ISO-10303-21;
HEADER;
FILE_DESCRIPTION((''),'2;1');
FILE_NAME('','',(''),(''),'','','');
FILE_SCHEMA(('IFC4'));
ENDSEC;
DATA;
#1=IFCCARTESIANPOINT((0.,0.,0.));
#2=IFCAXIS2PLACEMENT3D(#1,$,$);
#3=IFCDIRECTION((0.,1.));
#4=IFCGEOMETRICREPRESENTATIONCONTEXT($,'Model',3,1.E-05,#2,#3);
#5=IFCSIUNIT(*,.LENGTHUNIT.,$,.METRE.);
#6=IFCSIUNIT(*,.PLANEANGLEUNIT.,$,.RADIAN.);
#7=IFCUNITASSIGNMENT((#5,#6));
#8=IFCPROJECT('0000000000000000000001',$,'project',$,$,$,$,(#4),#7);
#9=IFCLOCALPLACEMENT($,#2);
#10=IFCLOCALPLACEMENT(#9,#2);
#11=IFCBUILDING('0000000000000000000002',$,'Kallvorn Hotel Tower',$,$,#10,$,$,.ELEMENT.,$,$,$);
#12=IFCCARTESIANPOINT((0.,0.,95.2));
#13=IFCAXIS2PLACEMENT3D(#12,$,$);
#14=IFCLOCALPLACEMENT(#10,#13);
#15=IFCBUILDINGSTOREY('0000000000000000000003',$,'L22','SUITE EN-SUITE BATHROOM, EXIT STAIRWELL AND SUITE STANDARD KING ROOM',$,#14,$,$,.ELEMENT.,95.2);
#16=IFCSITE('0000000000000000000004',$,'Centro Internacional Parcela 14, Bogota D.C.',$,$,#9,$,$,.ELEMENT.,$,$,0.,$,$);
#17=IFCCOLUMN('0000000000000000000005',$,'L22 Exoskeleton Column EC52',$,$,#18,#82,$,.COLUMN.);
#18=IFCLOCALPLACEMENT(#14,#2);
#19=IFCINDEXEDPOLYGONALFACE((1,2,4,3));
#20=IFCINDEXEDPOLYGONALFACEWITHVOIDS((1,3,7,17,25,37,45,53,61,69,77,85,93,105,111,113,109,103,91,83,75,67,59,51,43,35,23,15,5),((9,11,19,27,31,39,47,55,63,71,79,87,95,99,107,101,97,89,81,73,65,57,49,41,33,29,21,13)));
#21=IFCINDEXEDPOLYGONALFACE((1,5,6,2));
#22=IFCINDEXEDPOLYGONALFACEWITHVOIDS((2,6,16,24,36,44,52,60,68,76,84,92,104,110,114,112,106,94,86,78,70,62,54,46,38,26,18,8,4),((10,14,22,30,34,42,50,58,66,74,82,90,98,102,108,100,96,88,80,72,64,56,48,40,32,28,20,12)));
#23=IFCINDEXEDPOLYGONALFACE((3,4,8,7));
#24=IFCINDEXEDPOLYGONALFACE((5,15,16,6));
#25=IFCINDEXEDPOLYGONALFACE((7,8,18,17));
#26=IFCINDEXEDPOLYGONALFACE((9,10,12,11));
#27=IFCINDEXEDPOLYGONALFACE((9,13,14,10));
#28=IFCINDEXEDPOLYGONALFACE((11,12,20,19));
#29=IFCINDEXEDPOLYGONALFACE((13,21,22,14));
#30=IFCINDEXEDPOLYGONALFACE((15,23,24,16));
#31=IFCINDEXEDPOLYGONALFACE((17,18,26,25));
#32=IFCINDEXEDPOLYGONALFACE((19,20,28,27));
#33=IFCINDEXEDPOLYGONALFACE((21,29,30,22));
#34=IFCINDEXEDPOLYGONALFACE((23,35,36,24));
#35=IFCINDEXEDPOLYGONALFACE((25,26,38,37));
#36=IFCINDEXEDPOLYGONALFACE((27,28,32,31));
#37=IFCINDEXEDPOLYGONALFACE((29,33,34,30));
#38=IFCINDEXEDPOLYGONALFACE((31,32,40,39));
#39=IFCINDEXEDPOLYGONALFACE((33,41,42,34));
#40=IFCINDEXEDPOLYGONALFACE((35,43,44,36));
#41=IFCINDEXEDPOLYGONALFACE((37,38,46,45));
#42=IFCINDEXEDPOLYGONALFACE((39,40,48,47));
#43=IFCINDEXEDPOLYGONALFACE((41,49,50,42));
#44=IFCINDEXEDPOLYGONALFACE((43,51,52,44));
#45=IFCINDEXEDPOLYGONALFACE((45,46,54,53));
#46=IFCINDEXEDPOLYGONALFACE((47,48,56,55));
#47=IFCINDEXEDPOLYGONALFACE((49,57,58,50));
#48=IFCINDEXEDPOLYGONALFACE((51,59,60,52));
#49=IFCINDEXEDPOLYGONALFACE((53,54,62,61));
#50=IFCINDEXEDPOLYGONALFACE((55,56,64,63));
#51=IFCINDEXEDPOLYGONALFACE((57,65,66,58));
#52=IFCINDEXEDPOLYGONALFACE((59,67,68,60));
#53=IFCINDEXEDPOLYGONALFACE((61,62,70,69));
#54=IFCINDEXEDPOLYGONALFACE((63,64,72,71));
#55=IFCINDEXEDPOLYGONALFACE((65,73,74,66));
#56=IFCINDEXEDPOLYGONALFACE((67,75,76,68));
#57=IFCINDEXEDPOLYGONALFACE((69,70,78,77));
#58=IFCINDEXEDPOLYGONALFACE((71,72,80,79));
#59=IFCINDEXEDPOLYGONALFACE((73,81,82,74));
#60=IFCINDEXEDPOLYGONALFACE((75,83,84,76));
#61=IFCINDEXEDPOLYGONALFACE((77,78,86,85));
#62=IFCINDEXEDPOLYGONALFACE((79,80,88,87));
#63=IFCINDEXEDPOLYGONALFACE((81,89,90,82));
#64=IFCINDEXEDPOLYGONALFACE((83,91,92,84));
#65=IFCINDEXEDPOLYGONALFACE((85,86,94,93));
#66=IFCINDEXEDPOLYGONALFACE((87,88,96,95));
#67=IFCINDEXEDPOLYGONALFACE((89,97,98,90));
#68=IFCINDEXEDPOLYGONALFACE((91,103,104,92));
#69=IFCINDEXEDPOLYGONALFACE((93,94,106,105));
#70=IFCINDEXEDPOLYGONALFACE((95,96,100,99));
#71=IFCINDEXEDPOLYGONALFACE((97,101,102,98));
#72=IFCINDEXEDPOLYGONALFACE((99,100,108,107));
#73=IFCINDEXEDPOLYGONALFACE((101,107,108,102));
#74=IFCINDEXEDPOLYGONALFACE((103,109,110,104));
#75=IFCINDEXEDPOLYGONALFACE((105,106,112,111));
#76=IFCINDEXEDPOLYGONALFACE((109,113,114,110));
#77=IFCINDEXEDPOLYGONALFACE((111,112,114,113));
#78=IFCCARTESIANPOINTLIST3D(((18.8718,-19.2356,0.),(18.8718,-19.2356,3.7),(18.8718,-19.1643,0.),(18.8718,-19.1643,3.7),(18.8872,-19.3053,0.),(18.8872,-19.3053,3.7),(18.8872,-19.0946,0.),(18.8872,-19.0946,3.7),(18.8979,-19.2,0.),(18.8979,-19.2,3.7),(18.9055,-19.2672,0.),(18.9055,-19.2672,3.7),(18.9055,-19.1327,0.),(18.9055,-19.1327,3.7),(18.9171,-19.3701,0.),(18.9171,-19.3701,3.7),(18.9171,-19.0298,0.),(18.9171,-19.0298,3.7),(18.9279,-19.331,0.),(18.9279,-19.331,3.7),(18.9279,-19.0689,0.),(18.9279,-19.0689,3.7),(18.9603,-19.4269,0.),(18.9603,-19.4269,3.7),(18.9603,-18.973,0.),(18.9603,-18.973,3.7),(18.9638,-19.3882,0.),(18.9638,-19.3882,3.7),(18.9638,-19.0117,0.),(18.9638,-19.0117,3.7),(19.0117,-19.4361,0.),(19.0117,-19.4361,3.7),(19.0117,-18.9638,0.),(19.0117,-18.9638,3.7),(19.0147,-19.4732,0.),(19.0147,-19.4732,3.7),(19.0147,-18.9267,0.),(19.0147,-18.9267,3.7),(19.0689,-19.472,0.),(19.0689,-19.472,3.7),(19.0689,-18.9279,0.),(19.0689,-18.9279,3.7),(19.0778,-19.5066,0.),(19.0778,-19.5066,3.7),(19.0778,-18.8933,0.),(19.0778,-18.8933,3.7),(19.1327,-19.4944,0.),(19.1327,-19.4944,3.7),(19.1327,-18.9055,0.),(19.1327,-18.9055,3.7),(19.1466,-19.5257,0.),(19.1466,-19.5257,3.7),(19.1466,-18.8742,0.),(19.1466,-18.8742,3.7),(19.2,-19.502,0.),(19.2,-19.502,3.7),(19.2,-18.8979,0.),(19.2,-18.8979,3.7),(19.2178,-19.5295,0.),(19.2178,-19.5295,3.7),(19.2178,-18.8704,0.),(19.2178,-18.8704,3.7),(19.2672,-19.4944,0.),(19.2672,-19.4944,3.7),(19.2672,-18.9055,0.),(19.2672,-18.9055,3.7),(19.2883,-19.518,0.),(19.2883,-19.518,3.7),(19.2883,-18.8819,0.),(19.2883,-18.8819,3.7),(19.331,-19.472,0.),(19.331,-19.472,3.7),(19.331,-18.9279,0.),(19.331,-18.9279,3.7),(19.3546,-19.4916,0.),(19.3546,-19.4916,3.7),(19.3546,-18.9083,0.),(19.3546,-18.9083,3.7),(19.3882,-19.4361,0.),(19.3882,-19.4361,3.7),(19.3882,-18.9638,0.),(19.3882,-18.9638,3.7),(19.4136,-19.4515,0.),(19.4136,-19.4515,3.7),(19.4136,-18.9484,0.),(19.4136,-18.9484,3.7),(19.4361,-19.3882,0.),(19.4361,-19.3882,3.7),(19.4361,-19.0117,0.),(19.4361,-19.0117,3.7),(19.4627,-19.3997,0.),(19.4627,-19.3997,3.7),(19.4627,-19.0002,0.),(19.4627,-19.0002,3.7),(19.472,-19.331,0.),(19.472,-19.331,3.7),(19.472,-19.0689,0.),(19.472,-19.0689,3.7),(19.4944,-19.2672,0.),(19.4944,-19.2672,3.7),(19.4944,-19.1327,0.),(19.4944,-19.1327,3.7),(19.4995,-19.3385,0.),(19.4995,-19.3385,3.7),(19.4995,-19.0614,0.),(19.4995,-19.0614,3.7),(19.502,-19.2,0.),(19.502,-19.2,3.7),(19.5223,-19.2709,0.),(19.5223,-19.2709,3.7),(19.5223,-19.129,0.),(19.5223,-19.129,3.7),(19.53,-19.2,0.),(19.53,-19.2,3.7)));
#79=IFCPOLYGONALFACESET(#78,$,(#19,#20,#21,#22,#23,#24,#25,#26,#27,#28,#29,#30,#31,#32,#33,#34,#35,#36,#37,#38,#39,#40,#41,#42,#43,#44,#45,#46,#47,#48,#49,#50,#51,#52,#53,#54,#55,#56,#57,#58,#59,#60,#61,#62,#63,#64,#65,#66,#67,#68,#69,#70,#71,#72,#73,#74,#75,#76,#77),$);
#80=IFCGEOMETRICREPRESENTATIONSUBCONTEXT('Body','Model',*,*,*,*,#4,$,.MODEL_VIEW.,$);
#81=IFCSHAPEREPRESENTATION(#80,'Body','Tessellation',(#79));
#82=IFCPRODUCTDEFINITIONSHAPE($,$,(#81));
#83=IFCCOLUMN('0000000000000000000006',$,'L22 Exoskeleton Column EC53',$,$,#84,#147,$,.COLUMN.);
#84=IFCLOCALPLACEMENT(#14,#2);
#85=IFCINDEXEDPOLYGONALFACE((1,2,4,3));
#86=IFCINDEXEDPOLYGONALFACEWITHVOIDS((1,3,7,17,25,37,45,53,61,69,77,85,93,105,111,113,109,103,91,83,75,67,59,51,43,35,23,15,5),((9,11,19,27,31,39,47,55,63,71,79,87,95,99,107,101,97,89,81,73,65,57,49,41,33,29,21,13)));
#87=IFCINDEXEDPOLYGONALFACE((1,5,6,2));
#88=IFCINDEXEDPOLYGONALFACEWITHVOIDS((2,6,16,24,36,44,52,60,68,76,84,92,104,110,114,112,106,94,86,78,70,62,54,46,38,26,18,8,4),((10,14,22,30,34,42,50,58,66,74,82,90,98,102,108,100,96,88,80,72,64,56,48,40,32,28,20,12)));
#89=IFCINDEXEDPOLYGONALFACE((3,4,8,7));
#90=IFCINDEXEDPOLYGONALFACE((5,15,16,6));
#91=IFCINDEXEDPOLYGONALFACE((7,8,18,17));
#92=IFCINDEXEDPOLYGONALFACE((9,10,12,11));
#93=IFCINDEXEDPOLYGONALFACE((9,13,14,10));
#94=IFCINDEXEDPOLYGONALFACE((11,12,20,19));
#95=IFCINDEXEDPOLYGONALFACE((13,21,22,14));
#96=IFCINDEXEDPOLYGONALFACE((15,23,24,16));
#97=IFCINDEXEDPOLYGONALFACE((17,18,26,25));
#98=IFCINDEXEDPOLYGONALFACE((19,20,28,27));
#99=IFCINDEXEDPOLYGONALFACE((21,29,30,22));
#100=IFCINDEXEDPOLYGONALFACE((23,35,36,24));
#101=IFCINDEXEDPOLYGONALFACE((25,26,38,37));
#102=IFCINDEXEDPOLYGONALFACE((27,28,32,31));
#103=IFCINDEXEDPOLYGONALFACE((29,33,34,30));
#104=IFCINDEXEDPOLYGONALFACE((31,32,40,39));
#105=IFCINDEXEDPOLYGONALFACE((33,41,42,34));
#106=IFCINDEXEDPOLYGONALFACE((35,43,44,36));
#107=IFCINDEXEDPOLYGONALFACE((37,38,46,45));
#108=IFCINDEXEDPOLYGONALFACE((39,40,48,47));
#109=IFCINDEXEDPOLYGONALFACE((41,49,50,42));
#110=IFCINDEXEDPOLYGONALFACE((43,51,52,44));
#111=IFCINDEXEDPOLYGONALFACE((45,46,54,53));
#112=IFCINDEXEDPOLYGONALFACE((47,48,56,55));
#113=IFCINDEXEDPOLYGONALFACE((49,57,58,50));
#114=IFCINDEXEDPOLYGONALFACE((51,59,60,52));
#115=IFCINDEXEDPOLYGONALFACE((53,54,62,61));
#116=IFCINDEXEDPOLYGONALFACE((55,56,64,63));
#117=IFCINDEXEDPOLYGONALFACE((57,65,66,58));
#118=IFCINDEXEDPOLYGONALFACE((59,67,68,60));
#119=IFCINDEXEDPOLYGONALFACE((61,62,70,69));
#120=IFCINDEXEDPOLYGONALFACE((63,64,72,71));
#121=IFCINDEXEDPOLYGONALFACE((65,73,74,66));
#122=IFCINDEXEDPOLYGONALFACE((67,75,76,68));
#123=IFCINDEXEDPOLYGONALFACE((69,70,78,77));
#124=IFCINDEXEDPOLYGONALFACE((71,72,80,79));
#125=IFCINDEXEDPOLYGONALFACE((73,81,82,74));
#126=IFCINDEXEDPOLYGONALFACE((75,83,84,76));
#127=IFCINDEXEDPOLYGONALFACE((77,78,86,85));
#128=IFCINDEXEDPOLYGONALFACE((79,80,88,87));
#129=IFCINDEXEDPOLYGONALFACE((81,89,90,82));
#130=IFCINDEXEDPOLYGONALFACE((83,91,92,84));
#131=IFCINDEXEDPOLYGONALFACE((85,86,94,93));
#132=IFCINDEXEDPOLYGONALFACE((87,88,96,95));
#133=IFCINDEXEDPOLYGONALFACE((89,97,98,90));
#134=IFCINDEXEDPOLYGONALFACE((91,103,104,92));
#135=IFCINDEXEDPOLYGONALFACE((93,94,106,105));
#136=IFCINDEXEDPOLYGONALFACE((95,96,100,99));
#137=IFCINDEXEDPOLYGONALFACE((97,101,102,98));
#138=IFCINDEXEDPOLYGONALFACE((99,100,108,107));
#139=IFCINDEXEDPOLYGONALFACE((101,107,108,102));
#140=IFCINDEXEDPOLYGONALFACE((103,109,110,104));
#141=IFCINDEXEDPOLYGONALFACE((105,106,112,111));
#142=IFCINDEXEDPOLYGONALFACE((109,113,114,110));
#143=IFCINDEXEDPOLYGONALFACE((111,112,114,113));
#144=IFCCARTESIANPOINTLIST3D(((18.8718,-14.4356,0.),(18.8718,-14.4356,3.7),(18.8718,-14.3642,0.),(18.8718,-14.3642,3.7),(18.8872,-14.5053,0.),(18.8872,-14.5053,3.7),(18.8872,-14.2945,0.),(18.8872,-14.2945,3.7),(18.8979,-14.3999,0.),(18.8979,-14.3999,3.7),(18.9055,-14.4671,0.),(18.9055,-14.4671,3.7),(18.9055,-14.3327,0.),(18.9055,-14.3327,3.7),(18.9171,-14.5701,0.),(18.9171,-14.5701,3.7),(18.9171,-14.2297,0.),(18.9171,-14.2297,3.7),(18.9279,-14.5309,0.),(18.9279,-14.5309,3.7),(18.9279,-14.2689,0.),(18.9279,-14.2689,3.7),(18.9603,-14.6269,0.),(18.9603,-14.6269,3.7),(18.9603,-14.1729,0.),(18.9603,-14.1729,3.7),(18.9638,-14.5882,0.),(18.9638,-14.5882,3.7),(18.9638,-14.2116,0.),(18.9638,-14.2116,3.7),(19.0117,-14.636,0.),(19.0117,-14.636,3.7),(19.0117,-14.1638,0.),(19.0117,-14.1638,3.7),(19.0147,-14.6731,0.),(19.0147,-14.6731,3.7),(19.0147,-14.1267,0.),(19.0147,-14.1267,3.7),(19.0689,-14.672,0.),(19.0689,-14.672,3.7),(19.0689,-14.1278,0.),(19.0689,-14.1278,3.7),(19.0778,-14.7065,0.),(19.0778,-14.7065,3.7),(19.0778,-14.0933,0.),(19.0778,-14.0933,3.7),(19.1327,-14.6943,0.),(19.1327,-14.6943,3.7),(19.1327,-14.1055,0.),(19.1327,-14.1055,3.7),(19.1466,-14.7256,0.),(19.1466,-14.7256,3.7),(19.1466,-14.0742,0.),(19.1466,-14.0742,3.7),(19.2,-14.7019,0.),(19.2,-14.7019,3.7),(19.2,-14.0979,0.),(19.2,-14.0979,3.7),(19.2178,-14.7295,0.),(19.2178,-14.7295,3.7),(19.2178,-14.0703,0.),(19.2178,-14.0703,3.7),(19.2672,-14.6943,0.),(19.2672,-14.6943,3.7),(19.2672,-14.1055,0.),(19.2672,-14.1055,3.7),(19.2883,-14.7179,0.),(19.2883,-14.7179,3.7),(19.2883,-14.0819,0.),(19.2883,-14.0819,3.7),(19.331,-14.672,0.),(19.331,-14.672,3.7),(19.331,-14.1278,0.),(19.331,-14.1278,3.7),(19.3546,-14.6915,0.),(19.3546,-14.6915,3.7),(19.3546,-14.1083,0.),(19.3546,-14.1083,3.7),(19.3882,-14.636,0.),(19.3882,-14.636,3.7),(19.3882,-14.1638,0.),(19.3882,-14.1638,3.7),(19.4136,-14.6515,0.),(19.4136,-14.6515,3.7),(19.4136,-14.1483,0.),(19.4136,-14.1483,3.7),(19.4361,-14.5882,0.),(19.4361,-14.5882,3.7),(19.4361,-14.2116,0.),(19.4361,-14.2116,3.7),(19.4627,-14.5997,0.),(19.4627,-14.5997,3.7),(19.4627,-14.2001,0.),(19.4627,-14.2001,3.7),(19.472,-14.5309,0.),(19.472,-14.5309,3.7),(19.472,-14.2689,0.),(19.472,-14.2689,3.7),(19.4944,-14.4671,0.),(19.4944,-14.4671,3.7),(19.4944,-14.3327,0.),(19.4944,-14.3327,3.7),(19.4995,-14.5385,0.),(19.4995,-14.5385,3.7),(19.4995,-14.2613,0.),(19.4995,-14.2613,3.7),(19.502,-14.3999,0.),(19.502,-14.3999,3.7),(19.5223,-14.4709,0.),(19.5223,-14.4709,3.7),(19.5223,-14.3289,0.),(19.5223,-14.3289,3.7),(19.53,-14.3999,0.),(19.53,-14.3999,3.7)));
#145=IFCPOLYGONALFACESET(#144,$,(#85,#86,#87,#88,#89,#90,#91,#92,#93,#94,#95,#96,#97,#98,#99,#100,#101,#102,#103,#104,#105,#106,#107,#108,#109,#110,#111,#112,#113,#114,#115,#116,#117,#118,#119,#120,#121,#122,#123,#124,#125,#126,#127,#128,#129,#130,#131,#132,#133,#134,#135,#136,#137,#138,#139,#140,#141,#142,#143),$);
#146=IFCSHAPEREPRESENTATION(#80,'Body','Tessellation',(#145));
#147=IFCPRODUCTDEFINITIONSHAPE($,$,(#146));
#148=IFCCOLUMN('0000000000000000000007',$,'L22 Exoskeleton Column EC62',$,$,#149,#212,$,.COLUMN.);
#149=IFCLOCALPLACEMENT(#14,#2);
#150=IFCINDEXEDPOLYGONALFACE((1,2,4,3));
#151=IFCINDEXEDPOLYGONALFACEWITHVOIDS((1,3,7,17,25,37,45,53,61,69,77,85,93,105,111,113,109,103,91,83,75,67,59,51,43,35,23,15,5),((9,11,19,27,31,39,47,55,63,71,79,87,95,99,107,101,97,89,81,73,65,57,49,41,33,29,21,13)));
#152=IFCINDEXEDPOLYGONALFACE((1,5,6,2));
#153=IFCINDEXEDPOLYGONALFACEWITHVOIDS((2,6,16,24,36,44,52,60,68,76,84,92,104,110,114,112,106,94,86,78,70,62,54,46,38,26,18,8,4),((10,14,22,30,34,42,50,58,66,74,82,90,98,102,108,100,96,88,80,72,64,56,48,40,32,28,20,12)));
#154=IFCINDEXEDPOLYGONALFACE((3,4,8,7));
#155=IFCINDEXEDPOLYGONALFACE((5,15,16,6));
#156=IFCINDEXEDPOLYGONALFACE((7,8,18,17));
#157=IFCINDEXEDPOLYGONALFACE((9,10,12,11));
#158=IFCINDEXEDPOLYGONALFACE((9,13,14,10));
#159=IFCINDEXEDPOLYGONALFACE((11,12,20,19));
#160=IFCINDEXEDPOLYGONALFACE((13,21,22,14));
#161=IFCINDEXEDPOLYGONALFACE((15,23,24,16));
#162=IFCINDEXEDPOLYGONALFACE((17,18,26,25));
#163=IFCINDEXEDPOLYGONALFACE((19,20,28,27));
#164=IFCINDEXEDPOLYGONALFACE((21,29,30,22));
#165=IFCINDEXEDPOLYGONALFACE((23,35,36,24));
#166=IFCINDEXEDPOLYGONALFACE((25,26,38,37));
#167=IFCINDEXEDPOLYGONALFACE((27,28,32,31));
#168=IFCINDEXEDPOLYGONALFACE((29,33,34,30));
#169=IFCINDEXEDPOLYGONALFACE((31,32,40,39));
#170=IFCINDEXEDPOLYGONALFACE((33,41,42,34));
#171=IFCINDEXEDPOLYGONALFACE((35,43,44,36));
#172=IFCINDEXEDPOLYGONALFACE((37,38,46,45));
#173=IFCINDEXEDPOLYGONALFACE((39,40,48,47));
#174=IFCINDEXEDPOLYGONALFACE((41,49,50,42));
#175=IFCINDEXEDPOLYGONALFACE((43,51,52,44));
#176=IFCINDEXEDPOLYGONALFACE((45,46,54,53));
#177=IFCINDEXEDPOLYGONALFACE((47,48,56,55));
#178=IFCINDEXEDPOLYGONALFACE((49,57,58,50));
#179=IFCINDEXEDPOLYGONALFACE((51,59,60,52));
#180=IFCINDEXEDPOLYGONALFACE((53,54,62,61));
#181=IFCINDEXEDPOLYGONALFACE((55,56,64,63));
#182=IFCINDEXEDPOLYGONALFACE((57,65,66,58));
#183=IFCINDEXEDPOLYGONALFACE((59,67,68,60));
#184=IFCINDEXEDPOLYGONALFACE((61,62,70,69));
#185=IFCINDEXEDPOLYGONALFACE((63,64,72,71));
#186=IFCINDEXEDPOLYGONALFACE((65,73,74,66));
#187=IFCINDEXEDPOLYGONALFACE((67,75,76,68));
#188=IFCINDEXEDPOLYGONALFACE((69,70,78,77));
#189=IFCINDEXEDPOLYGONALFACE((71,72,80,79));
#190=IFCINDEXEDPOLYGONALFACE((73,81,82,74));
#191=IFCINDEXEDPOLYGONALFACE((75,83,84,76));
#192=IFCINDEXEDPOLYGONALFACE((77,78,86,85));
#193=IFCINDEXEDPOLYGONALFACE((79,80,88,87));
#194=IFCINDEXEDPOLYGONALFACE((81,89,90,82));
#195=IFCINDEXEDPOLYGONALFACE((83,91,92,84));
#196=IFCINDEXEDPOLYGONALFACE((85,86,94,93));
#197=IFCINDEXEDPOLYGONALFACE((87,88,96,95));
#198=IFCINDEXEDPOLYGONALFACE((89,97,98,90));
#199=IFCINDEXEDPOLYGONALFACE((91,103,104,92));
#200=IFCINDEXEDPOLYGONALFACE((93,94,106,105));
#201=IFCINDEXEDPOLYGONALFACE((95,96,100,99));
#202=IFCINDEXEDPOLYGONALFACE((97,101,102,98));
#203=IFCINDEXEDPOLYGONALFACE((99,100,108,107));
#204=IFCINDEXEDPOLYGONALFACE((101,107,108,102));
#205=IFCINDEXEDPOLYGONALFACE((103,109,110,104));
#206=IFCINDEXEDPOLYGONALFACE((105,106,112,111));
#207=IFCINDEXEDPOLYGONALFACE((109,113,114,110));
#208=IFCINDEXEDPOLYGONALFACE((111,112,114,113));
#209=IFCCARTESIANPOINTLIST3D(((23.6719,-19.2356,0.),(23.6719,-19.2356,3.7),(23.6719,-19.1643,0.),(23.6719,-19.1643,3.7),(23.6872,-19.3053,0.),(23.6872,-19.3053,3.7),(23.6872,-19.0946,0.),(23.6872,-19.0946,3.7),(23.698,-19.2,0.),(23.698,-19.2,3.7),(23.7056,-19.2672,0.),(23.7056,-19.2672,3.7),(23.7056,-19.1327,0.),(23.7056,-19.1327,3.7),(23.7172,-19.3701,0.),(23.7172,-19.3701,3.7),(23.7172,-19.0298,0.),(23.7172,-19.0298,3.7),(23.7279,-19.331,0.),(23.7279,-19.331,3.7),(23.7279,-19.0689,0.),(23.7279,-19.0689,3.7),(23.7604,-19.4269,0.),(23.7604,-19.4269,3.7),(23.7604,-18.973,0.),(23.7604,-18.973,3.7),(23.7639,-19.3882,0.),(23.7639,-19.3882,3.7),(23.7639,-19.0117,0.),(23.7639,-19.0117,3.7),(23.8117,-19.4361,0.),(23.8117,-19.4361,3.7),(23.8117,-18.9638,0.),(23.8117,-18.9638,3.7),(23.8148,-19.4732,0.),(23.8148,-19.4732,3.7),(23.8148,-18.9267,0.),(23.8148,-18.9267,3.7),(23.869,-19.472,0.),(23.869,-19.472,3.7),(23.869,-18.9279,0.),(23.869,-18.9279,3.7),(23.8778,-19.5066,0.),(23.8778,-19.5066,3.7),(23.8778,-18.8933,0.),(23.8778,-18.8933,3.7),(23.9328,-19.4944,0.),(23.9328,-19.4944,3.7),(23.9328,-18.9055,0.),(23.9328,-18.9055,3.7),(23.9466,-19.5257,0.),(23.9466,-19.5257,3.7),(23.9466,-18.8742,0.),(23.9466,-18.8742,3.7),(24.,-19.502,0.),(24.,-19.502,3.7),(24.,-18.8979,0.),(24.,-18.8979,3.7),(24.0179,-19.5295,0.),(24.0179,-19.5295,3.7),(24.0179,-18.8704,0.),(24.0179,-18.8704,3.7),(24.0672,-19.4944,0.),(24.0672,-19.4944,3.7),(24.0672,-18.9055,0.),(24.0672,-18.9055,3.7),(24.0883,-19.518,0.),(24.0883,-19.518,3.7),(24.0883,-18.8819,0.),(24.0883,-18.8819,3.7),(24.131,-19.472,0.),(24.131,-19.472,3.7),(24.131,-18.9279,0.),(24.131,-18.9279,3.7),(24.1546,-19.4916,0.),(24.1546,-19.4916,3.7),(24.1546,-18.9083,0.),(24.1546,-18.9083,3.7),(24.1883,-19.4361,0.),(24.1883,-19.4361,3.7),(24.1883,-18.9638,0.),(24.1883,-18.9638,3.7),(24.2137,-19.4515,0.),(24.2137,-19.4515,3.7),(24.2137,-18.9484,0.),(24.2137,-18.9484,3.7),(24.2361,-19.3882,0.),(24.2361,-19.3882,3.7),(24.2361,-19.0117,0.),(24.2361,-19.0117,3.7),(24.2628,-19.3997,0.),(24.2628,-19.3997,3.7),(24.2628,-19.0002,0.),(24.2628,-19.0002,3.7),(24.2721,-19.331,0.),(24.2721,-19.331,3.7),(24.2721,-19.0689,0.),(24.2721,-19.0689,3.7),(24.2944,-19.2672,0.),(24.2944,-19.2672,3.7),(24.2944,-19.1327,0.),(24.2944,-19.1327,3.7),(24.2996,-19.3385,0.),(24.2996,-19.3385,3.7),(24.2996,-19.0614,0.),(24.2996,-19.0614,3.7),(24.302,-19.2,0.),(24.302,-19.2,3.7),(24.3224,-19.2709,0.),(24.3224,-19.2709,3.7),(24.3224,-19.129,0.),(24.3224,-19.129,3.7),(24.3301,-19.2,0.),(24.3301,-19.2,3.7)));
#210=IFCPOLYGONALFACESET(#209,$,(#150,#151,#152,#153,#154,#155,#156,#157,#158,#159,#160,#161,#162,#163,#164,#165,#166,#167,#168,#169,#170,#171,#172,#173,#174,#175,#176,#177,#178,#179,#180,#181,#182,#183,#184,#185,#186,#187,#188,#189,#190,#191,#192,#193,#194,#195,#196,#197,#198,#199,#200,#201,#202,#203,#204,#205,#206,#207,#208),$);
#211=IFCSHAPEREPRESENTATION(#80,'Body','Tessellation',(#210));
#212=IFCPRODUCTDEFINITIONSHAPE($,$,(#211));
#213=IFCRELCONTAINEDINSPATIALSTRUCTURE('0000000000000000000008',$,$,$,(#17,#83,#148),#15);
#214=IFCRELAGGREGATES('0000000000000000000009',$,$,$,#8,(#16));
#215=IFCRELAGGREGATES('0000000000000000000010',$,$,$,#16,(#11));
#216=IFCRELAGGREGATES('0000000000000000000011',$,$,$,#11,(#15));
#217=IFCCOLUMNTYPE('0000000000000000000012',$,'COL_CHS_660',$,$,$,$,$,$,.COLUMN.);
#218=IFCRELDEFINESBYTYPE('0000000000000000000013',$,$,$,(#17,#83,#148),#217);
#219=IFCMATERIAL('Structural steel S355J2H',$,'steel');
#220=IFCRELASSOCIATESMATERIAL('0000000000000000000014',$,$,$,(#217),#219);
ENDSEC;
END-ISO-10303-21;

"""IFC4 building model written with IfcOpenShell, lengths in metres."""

from ifc_helpers import new_model, si_unit, direction, frame, origin, origin_2d, place, context, subcontext, project, spatial, hollow_circle, extrude, material, material_profile, profile_set, type_object, element, save


model = new_model("IFC4")

# Units and contexts
model_context = context("Model", 3, precision=1e-05, world=origin(), true_north=direction((0.0, 1.0)))
body_context = subcontext(model_context, "Body", "Model", "MODEL_VIEW")
ifc_project = project(units=[si_unit("LENGTHUNIT", "METRE"), si_unit("PLANEANGLEUNIT", "RADIAN")], contexts=[model_context])

# Site, building, storey
site_placement = place(None, origin())
site = spatial("IfcSite", under=ifc_project, at=site_placement, Name="Centro Internacional Parcela 14, Bogota D.C.", CompositionType="ELEMENT", RefElevation=0.0)
building_placement = place(site_placement, origin())
building = spatial("IfcBuilding", under=site, at=building_placement, Name="Kallvorn Hotel Tower", CompositionType="ELEMENT")
storey_placement = place(building_placement, frame((0.0, 0.0, 95.2)))
storey = spatial("IfcBuildingStorey", under=building, at=storey_placement, Name="L22", Description="SUITE EN-SUITE BATHROOM, EXIT STAIRWELL AND SUITE STANDARD KING ROOM", CompositionType="ELEMENT", Elevation=95.2)

# Columns
ifc_material_1 = material(Name="Structural steel S355J2H", Category="steel")
ifc_material_profile_1 = material_profile(ifc_material_1, hollow_circle(Radius=0.3301, WallThickness=0.0281, at=origin_2d()), Name="CHS 660x28")
ifc_profile_set_1 = profile_set([ifc_material_profile_1], Name="Structural steel S355J2H")
column_type_1 = type_object("IfcColumnType", Name="COL_CHS_660", PredefinedType="COLUMN", material=ifc_profile_set_1)
for number, where, z_axis, x_axis, name in (
    (1, (19.2, -19.2, 0.0), (0.0, 0.0, 1.0), (1.0, 0.0, 0.0), "L22 Exoskeleton Column EC52"),
    (2, (19.2, -14.3999, 0.0), (0.0, 0.0, 1.0), (1.0, 0.0, 0.0), "L22 Exoskeleton Column EC53"),
    (3, (24.0, -19.2, 0.0), (0.0, 0.0, 1.0), (1.0, 0.0, 0.0), "L22 Exoskeleton Column EC62"),
):
    element("IfcColumn", number, at=place(storey_placement, frame(where, z_axis=z_axis, x_axis=x_axis)), inside=storey, type_object=column_type_1, Name=name, PredefinedType="COLUMN", context=body_context, shape_type="SweptSolid", body=[
        extrude(hollow_circle(Radius=0.3301, WallThickness=0.0281, at=origin_2d()), origin(), (0.0, 0.0, 1.0), 3.7),
    ])

save(model, "model.ifc")
